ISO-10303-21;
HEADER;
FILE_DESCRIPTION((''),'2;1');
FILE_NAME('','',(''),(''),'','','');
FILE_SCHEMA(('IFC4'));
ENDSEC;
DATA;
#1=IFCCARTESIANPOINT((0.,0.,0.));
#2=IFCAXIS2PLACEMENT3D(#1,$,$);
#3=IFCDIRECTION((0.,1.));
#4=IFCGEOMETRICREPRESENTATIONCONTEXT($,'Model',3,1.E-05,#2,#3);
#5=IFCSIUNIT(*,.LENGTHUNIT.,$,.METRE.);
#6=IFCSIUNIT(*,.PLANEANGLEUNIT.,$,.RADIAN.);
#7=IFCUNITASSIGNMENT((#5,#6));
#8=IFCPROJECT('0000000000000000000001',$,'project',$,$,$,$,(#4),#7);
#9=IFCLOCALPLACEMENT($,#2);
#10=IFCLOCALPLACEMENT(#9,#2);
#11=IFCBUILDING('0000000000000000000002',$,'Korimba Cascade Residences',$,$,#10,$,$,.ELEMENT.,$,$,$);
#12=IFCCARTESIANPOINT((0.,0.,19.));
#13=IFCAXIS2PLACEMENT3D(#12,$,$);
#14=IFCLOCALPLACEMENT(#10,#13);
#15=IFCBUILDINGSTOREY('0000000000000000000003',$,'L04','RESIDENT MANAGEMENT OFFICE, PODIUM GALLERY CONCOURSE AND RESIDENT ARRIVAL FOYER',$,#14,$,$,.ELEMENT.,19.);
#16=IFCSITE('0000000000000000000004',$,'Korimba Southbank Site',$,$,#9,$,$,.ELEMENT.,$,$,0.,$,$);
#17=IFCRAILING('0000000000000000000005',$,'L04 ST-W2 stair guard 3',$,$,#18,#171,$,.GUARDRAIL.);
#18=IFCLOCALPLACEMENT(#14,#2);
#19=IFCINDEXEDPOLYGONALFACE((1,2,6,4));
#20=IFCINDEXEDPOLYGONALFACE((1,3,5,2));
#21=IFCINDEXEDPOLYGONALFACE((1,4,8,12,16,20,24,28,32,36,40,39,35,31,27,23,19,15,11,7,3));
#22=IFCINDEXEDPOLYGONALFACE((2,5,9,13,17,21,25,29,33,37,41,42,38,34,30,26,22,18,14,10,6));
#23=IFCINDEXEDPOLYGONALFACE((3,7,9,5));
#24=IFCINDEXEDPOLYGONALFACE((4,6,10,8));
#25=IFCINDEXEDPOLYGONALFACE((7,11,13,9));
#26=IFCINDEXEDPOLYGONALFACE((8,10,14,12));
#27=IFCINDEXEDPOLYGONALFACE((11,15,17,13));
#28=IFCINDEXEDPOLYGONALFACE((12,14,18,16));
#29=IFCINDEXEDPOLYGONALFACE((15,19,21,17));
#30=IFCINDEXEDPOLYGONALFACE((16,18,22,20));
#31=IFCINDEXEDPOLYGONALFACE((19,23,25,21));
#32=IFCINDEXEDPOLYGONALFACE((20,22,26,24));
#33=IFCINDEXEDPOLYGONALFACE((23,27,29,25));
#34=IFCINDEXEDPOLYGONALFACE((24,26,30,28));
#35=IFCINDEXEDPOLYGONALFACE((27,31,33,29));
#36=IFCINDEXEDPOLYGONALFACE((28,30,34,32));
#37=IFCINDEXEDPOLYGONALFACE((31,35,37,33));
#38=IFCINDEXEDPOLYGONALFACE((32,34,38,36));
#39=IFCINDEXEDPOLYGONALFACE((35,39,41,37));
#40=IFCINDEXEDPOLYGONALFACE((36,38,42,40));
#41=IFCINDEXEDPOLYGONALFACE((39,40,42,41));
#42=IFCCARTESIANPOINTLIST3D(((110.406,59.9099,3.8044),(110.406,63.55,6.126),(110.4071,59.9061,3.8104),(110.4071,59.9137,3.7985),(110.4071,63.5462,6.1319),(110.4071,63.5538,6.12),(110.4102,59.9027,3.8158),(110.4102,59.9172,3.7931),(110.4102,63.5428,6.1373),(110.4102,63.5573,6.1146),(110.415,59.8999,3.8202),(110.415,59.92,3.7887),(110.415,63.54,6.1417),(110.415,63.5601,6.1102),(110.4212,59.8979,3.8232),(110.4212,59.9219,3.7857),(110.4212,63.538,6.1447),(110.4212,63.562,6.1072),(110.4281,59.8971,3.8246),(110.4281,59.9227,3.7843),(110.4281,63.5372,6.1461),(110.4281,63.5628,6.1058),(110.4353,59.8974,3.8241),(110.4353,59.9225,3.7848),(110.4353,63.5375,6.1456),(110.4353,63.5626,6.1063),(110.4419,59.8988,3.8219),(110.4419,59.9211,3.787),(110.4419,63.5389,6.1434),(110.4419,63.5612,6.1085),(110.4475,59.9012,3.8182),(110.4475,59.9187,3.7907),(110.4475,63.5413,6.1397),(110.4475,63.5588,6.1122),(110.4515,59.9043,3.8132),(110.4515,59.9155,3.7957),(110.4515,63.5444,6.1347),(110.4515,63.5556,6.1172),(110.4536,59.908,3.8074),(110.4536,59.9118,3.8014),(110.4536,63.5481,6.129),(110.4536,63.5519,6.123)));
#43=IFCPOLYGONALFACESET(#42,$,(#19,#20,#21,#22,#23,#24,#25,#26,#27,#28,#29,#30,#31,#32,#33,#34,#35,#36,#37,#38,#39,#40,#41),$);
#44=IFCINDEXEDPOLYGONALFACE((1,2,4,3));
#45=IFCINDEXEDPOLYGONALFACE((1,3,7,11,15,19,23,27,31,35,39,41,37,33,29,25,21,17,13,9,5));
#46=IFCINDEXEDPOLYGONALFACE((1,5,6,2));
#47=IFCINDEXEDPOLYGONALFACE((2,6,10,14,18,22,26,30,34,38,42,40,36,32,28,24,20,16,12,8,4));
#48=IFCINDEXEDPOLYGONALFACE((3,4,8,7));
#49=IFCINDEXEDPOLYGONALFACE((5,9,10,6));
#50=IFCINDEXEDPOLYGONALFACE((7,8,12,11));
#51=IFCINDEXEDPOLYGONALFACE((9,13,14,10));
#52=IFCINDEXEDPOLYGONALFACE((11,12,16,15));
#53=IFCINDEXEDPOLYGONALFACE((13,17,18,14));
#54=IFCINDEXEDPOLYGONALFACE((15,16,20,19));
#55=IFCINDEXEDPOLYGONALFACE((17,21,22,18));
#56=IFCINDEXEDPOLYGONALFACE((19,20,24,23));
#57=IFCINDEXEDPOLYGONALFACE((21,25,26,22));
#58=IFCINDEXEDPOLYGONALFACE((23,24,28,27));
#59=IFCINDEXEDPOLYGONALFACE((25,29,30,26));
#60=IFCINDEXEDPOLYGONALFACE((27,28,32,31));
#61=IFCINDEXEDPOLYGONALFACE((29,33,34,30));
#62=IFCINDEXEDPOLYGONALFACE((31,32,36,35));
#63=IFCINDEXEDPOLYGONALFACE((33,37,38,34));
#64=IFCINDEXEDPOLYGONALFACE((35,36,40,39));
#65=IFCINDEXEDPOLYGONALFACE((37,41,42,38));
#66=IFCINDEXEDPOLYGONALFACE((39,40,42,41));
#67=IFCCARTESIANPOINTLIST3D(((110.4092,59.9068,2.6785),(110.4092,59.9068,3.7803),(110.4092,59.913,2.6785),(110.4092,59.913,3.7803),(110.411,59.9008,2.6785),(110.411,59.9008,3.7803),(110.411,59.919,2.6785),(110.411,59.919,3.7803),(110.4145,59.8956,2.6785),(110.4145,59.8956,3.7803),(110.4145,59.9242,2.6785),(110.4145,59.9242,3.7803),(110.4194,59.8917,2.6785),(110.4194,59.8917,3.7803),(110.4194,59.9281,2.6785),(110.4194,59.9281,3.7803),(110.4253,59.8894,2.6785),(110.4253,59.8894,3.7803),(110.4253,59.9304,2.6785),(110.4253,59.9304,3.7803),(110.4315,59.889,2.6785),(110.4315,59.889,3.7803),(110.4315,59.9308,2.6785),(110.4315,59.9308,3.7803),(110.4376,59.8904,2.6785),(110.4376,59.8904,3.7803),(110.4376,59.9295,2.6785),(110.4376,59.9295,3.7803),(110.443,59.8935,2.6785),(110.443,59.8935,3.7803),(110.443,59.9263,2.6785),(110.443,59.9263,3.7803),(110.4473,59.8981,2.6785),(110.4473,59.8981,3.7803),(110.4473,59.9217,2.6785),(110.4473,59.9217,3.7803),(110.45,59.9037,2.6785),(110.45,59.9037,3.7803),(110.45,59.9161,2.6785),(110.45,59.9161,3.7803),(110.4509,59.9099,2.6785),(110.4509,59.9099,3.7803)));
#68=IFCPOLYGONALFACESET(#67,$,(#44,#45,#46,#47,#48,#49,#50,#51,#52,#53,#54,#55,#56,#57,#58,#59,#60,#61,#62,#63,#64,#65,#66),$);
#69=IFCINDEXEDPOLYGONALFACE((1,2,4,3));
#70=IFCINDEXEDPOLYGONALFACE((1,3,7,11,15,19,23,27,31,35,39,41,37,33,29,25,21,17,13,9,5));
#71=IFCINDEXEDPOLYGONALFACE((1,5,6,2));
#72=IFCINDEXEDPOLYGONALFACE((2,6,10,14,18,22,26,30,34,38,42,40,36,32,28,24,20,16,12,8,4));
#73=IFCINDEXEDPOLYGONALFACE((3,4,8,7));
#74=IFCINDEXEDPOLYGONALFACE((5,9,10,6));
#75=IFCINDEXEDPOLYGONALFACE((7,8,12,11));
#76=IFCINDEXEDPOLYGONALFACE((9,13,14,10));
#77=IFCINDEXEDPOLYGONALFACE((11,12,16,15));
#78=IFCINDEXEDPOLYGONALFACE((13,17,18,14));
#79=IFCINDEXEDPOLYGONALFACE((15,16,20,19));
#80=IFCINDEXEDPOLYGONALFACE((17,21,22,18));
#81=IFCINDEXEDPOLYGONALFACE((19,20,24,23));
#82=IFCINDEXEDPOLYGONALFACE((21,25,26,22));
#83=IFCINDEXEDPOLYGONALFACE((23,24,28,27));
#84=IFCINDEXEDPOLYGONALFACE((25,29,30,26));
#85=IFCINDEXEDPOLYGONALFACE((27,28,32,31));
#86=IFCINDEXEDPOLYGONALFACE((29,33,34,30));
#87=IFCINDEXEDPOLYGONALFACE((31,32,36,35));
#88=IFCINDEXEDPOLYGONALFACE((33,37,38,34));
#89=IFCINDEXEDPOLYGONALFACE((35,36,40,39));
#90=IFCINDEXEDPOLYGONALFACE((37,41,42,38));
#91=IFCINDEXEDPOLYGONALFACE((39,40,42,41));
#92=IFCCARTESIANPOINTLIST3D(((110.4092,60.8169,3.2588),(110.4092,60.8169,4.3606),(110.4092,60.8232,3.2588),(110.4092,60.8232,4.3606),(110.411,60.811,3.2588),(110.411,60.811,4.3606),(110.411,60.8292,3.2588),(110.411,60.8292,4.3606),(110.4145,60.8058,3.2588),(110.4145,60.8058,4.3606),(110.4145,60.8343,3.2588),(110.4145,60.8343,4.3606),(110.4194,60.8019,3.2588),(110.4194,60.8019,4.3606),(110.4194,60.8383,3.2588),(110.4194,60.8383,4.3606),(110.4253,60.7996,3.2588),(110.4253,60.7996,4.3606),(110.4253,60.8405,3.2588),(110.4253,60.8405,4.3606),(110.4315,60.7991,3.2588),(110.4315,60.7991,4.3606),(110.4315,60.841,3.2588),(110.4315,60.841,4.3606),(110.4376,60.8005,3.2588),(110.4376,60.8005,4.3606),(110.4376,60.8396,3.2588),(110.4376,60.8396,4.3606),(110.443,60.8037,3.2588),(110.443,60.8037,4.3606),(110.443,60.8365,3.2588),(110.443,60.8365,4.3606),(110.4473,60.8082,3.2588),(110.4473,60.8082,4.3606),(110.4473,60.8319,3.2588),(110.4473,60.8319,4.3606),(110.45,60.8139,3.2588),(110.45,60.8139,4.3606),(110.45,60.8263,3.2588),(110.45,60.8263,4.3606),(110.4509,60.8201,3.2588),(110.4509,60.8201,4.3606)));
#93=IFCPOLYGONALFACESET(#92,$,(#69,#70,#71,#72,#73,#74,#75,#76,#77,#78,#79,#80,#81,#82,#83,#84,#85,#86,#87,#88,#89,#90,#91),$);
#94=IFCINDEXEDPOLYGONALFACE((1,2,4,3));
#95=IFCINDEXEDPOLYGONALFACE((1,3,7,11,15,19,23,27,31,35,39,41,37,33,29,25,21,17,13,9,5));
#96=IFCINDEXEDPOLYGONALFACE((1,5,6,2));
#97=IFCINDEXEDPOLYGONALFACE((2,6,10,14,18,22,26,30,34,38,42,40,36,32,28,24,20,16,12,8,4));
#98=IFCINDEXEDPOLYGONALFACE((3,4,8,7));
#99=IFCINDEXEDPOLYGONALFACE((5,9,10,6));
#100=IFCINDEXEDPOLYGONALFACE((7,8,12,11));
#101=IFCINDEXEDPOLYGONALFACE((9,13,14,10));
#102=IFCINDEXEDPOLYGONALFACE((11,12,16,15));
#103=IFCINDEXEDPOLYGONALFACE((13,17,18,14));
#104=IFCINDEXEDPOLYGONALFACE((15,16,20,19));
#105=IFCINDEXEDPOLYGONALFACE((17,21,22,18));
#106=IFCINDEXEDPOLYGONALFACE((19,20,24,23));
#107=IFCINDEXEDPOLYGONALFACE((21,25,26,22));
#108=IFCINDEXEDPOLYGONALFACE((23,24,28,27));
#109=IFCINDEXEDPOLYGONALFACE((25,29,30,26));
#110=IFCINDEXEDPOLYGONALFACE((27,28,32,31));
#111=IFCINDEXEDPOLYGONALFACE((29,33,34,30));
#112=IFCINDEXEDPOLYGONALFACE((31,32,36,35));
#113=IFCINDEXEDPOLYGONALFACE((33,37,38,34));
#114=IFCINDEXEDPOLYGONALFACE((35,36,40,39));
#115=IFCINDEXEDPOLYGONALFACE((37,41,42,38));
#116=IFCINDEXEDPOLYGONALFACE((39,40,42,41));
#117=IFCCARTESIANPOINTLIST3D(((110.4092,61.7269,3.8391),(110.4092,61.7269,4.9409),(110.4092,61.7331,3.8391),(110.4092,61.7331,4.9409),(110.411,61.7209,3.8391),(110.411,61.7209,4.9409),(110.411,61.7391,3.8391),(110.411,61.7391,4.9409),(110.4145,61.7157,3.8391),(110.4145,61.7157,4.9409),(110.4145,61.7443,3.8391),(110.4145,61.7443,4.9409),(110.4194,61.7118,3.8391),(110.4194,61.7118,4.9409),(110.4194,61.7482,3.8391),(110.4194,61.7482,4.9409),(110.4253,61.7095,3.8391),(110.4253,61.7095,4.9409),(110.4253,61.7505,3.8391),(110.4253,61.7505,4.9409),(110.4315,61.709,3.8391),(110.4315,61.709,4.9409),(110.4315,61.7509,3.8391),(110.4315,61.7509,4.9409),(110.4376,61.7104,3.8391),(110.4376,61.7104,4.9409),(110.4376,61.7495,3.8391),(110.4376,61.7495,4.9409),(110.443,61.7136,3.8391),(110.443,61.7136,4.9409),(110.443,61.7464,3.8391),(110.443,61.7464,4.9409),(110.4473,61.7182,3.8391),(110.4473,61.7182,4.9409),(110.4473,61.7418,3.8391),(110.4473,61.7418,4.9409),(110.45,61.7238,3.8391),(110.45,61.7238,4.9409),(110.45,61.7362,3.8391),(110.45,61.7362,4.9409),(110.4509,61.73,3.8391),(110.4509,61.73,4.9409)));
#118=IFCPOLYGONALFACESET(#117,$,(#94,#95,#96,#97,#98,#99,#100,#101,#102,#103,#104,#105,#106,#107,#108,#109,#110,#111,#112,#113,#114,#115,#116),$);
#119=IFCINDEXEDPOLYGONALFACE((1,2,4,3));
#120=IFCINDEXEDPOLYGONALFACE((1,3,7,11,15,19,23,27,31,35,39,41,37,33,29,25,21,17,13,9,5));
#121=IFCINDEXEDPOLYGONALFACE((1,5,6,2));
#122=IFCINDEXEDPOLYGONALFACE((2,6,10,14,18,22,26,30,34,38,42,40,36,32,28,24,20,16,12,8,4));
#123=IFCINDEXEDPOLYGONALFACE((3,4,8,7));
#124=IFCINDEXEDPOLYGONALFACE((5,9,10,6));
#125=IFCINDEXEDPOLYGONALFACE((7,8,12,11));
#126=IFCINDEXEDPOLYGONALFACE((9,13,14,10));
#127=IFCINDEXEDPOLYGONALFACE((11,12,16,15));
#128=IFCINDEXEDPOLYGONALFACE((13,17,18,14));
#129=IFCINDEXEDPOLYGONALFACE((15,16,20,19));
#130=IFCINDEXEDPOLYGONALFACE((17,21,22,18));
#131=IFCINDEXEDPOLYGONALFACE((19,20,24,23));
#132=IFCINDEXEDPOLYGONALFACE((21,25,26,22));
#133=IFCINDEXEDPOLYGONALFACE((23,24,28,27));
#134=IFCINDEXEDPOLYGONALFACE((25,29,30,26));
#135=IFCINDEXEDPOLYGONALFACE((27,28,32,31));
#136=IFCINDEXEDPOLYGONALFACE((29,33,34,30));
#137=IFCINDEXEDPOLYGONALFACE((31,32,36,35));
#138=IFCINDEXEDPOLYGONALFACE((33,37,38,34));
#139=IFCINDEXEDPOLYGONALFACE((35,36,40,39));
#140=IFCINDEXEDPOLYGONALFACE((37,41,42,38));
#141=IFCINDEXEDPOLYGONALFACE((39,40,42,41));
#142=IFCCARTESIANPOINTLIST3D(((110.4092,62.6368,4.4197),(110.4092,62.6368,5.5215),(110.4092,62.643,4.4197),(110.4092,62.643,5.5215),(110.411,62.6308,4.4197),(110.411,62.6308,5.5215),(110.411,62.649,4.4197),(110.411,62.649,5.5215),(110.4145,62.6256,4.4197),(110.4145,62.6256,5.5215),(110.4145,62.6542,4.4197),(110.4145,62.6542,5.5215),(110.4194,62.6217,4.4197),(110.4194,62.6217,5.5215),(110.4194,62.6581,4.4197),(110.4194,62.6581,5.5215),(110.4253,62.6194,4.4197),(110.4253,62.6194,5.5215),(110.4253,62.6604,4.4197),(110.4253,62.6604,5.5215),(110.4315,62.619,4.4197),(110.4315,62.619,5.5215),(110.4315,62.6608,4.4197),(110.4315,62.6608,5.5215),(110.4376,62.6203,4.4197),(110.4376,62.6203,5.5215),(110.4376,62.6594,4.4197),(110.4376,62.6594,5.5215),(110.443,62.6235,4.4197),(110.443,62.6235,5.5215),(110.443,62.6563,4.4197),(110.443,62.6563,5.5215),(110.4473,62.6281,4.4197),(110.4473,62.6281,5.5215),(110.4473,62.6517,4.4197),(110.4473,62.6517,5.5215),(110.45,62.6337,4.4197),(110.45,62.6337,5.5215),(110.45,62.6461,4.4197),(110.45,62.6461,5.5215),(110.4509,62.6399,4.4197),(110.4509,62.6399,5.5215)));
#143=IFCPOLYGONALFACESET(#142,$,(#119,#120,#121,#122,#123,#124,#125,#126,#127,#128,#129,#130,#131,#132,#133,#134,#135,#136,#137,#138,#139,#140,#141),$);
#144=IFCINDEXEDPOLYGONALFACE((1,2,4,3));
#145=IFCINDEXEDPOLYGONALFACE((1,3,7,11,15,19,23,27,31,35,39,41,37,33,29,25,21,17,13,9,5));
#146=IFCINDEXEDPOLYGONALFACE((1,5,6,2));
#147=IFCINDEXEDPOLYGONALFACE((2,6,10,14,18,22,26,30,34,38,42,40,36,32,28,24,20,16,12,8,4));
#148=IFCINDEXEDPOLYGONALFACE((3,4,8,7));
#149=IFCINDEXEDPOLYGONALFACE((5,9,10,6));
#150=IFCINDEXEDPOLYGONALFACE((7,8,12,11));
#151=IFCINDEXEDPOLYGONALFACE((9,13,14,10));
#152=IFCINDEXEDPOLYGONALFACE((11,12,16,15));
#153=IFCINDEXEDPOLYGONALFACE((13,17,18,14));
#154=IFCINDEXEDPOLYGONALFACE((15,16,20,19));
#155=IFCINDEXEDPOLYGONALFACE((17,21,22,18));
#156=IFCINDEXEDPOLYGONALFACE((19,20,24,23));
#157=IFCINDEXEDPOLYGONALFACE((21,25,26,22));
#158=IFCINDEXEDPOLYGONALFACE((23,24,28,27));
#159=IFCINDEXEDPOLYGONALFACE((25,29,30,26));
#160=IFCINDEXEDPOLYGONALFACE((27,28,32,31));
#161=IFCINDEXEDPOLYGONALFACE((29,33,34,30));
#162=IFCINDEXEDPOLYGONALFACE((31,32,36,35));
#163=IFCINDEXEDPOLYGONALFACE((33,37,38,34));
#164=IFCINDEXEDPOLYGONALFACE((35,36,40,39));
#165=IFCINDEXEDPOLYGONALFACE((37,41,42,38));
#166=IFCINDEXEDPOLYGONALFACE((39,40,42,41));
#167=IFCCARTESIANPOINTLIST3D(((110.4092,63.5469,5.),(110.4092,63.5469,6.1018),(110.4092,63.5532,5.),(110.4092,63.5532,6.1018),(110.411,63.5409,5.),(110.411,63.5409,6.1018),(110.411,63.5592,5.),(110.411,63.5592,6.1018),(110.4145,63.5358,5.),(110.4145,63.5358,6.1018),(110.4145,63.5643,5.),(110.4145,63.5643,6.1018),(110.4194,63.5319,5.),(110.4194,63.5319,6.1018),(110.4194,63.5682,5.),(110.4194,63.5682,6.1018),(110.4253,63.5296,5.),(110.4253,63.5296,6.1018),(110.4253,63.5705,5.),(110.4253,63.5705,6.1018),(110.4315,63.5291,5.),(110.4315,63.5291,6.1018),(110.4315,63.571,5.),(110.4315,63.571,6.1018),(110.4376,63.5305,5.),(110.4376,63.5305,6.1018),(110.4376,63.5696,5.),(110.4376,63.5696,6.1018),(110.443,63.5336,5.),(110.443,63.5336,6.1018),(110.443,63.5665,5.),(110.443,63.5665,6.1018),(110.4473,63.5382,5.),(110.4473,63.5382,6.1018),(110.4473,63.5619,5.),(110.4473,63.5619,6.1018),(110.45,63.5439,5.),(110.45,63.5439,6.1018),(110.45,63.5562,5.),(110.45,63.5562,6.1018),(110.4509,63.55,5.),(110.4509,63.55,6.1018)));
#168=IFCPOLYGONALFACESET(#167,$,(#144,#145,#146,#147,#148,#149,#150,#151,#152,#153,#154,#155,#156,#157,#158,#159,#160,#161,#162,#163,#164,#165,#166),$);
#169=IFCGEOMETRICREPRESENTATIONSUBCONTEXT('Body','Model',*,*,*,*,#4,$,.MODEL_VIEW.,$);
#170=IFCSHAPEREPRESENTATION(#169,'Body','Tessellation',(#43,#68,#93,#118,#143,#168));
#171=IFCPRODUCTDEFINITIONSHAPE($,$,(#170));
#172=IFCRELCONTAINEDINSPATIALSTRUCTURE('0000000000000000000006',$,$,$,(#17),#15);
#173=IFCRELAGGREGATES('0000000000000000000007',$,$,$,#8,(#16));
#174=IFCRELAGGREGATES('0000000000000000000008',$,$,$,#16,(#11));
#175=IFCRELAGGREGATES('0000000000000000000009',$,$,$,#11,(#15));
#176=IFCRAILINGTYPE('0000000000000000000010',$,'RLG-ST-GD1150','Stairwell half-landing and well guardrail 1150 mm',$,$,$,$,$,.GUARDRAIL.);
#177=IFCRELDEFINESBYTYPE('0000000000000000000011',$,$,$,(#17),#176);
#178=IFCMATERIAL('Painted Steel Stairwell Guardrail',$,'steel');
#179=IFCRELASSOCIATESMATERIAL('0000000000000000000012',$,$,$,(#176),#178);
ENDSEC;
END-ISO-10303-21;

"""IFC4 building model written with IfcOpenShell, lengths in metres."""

from ifc_helpers import new_model, si_unit, direction, frame, origin, origin_2d, place, context, subcontext, project, spatial, circle, extrude, material, type_object, element, save


model = new_model("IFC4")

# Units and contexts
model_context = context("Model", 3, precision=1e-05, world=origin(), true_north=direction((0.0, 1.0)))
body_context = subcontext(model_context, "Body", "Model", "MODEL_VIEW")
ifc_project = project(units=[si_unit("LENGTHUNIT", "METRE"), si_unit("PLANEANGLEUNIT", "RADIAN")], contexts=[model_context])

# Site, building, storey
site_placement = place(None, origin())
site = spatial("IfcSite", under=ifc_project, at=site_placement, Name="Korimba Southbank Site", CompositionType="ELEMENT", RefElevation=0.0)
building_placement = place(site_placement, origin())
building = spatial("IfcBuilding", under=site, at=building_placement, Name="Korimba Cascade Residences", CompositionType="ELEMENT")
storey_placement = place(building_placement, frame((0.0, 0.0, 19.0)))
storey = spatial("IfcBuildingStorey", under=building, at=storey_placement, Name="L04", Description="RESIDENT MANAGEMENT OFFICE, PODIUM GALLERY CONCOURSE AND RESIDENT ARRIVAL FOYER", CompositionType="ELEMENT", Elevation=19.0)

# Railing
ifc_material_1 = material(Name="Painted Steel Stairwell Guardrail", Category="steel")
railing_type_1 = type_object("IfcRailingType", Name="RLG-ST-GD1150", Description="Stairwell half-landing and well guardrail 1150 mm", PredefinedType="GUARDRAIL", material=ifc_material_1)
railing_1_placement = place(storey_placement, frame((110.4299, 59.9099, 2.6785)))
element("IfcRailing", 1, at=railing_1_placement, inside=storey, type_object=railing_type_1, Name="L04 ST-W2 stair guard 3", PredefinedType="GUARDRAIL", context=body_context, shape_type="SweptSolid", body=[
    extrude(circle(Radius=0.0239, at=origin_2d()), frame((0.0, 0.0, 1.126), z_axis=(0.0, 0.843128, 0.537713), x_axis=(-1.0, 0.0, 0.0)), (0.0, 0.0, 1.0), 4.3174),
    extrude(circle(Radius=0.021, at=origin_2d()), origin(), (0.0, 0.0, 1.0), 1.1018),
    extrude(circle(Radius=0.021, at=origin_2d()), frame((0.0, 0.9102, 0.5803)), (0.0, 0.0, 1.0), 1.1018),
    extrude(circle(Radius=0.021, at=origin_2d()), frame((0.0, 1.8201, 1.1606)), (0.0, 0.0, 1.0), 1.1018),
    extrude(circle(Radius=0.021, at=origin_2d()), frame((0.0, 2.73, 1.7412)), (0.0, 0.0, 1.0), 1.1018),
    extrude(circle(Radius=0.021, at=origin_2d()), frame((0.0, 3.6401, 2.3215)), (0.0, 0.0, 1.0), 1.1018),
])

save(model, "model.ifc")
